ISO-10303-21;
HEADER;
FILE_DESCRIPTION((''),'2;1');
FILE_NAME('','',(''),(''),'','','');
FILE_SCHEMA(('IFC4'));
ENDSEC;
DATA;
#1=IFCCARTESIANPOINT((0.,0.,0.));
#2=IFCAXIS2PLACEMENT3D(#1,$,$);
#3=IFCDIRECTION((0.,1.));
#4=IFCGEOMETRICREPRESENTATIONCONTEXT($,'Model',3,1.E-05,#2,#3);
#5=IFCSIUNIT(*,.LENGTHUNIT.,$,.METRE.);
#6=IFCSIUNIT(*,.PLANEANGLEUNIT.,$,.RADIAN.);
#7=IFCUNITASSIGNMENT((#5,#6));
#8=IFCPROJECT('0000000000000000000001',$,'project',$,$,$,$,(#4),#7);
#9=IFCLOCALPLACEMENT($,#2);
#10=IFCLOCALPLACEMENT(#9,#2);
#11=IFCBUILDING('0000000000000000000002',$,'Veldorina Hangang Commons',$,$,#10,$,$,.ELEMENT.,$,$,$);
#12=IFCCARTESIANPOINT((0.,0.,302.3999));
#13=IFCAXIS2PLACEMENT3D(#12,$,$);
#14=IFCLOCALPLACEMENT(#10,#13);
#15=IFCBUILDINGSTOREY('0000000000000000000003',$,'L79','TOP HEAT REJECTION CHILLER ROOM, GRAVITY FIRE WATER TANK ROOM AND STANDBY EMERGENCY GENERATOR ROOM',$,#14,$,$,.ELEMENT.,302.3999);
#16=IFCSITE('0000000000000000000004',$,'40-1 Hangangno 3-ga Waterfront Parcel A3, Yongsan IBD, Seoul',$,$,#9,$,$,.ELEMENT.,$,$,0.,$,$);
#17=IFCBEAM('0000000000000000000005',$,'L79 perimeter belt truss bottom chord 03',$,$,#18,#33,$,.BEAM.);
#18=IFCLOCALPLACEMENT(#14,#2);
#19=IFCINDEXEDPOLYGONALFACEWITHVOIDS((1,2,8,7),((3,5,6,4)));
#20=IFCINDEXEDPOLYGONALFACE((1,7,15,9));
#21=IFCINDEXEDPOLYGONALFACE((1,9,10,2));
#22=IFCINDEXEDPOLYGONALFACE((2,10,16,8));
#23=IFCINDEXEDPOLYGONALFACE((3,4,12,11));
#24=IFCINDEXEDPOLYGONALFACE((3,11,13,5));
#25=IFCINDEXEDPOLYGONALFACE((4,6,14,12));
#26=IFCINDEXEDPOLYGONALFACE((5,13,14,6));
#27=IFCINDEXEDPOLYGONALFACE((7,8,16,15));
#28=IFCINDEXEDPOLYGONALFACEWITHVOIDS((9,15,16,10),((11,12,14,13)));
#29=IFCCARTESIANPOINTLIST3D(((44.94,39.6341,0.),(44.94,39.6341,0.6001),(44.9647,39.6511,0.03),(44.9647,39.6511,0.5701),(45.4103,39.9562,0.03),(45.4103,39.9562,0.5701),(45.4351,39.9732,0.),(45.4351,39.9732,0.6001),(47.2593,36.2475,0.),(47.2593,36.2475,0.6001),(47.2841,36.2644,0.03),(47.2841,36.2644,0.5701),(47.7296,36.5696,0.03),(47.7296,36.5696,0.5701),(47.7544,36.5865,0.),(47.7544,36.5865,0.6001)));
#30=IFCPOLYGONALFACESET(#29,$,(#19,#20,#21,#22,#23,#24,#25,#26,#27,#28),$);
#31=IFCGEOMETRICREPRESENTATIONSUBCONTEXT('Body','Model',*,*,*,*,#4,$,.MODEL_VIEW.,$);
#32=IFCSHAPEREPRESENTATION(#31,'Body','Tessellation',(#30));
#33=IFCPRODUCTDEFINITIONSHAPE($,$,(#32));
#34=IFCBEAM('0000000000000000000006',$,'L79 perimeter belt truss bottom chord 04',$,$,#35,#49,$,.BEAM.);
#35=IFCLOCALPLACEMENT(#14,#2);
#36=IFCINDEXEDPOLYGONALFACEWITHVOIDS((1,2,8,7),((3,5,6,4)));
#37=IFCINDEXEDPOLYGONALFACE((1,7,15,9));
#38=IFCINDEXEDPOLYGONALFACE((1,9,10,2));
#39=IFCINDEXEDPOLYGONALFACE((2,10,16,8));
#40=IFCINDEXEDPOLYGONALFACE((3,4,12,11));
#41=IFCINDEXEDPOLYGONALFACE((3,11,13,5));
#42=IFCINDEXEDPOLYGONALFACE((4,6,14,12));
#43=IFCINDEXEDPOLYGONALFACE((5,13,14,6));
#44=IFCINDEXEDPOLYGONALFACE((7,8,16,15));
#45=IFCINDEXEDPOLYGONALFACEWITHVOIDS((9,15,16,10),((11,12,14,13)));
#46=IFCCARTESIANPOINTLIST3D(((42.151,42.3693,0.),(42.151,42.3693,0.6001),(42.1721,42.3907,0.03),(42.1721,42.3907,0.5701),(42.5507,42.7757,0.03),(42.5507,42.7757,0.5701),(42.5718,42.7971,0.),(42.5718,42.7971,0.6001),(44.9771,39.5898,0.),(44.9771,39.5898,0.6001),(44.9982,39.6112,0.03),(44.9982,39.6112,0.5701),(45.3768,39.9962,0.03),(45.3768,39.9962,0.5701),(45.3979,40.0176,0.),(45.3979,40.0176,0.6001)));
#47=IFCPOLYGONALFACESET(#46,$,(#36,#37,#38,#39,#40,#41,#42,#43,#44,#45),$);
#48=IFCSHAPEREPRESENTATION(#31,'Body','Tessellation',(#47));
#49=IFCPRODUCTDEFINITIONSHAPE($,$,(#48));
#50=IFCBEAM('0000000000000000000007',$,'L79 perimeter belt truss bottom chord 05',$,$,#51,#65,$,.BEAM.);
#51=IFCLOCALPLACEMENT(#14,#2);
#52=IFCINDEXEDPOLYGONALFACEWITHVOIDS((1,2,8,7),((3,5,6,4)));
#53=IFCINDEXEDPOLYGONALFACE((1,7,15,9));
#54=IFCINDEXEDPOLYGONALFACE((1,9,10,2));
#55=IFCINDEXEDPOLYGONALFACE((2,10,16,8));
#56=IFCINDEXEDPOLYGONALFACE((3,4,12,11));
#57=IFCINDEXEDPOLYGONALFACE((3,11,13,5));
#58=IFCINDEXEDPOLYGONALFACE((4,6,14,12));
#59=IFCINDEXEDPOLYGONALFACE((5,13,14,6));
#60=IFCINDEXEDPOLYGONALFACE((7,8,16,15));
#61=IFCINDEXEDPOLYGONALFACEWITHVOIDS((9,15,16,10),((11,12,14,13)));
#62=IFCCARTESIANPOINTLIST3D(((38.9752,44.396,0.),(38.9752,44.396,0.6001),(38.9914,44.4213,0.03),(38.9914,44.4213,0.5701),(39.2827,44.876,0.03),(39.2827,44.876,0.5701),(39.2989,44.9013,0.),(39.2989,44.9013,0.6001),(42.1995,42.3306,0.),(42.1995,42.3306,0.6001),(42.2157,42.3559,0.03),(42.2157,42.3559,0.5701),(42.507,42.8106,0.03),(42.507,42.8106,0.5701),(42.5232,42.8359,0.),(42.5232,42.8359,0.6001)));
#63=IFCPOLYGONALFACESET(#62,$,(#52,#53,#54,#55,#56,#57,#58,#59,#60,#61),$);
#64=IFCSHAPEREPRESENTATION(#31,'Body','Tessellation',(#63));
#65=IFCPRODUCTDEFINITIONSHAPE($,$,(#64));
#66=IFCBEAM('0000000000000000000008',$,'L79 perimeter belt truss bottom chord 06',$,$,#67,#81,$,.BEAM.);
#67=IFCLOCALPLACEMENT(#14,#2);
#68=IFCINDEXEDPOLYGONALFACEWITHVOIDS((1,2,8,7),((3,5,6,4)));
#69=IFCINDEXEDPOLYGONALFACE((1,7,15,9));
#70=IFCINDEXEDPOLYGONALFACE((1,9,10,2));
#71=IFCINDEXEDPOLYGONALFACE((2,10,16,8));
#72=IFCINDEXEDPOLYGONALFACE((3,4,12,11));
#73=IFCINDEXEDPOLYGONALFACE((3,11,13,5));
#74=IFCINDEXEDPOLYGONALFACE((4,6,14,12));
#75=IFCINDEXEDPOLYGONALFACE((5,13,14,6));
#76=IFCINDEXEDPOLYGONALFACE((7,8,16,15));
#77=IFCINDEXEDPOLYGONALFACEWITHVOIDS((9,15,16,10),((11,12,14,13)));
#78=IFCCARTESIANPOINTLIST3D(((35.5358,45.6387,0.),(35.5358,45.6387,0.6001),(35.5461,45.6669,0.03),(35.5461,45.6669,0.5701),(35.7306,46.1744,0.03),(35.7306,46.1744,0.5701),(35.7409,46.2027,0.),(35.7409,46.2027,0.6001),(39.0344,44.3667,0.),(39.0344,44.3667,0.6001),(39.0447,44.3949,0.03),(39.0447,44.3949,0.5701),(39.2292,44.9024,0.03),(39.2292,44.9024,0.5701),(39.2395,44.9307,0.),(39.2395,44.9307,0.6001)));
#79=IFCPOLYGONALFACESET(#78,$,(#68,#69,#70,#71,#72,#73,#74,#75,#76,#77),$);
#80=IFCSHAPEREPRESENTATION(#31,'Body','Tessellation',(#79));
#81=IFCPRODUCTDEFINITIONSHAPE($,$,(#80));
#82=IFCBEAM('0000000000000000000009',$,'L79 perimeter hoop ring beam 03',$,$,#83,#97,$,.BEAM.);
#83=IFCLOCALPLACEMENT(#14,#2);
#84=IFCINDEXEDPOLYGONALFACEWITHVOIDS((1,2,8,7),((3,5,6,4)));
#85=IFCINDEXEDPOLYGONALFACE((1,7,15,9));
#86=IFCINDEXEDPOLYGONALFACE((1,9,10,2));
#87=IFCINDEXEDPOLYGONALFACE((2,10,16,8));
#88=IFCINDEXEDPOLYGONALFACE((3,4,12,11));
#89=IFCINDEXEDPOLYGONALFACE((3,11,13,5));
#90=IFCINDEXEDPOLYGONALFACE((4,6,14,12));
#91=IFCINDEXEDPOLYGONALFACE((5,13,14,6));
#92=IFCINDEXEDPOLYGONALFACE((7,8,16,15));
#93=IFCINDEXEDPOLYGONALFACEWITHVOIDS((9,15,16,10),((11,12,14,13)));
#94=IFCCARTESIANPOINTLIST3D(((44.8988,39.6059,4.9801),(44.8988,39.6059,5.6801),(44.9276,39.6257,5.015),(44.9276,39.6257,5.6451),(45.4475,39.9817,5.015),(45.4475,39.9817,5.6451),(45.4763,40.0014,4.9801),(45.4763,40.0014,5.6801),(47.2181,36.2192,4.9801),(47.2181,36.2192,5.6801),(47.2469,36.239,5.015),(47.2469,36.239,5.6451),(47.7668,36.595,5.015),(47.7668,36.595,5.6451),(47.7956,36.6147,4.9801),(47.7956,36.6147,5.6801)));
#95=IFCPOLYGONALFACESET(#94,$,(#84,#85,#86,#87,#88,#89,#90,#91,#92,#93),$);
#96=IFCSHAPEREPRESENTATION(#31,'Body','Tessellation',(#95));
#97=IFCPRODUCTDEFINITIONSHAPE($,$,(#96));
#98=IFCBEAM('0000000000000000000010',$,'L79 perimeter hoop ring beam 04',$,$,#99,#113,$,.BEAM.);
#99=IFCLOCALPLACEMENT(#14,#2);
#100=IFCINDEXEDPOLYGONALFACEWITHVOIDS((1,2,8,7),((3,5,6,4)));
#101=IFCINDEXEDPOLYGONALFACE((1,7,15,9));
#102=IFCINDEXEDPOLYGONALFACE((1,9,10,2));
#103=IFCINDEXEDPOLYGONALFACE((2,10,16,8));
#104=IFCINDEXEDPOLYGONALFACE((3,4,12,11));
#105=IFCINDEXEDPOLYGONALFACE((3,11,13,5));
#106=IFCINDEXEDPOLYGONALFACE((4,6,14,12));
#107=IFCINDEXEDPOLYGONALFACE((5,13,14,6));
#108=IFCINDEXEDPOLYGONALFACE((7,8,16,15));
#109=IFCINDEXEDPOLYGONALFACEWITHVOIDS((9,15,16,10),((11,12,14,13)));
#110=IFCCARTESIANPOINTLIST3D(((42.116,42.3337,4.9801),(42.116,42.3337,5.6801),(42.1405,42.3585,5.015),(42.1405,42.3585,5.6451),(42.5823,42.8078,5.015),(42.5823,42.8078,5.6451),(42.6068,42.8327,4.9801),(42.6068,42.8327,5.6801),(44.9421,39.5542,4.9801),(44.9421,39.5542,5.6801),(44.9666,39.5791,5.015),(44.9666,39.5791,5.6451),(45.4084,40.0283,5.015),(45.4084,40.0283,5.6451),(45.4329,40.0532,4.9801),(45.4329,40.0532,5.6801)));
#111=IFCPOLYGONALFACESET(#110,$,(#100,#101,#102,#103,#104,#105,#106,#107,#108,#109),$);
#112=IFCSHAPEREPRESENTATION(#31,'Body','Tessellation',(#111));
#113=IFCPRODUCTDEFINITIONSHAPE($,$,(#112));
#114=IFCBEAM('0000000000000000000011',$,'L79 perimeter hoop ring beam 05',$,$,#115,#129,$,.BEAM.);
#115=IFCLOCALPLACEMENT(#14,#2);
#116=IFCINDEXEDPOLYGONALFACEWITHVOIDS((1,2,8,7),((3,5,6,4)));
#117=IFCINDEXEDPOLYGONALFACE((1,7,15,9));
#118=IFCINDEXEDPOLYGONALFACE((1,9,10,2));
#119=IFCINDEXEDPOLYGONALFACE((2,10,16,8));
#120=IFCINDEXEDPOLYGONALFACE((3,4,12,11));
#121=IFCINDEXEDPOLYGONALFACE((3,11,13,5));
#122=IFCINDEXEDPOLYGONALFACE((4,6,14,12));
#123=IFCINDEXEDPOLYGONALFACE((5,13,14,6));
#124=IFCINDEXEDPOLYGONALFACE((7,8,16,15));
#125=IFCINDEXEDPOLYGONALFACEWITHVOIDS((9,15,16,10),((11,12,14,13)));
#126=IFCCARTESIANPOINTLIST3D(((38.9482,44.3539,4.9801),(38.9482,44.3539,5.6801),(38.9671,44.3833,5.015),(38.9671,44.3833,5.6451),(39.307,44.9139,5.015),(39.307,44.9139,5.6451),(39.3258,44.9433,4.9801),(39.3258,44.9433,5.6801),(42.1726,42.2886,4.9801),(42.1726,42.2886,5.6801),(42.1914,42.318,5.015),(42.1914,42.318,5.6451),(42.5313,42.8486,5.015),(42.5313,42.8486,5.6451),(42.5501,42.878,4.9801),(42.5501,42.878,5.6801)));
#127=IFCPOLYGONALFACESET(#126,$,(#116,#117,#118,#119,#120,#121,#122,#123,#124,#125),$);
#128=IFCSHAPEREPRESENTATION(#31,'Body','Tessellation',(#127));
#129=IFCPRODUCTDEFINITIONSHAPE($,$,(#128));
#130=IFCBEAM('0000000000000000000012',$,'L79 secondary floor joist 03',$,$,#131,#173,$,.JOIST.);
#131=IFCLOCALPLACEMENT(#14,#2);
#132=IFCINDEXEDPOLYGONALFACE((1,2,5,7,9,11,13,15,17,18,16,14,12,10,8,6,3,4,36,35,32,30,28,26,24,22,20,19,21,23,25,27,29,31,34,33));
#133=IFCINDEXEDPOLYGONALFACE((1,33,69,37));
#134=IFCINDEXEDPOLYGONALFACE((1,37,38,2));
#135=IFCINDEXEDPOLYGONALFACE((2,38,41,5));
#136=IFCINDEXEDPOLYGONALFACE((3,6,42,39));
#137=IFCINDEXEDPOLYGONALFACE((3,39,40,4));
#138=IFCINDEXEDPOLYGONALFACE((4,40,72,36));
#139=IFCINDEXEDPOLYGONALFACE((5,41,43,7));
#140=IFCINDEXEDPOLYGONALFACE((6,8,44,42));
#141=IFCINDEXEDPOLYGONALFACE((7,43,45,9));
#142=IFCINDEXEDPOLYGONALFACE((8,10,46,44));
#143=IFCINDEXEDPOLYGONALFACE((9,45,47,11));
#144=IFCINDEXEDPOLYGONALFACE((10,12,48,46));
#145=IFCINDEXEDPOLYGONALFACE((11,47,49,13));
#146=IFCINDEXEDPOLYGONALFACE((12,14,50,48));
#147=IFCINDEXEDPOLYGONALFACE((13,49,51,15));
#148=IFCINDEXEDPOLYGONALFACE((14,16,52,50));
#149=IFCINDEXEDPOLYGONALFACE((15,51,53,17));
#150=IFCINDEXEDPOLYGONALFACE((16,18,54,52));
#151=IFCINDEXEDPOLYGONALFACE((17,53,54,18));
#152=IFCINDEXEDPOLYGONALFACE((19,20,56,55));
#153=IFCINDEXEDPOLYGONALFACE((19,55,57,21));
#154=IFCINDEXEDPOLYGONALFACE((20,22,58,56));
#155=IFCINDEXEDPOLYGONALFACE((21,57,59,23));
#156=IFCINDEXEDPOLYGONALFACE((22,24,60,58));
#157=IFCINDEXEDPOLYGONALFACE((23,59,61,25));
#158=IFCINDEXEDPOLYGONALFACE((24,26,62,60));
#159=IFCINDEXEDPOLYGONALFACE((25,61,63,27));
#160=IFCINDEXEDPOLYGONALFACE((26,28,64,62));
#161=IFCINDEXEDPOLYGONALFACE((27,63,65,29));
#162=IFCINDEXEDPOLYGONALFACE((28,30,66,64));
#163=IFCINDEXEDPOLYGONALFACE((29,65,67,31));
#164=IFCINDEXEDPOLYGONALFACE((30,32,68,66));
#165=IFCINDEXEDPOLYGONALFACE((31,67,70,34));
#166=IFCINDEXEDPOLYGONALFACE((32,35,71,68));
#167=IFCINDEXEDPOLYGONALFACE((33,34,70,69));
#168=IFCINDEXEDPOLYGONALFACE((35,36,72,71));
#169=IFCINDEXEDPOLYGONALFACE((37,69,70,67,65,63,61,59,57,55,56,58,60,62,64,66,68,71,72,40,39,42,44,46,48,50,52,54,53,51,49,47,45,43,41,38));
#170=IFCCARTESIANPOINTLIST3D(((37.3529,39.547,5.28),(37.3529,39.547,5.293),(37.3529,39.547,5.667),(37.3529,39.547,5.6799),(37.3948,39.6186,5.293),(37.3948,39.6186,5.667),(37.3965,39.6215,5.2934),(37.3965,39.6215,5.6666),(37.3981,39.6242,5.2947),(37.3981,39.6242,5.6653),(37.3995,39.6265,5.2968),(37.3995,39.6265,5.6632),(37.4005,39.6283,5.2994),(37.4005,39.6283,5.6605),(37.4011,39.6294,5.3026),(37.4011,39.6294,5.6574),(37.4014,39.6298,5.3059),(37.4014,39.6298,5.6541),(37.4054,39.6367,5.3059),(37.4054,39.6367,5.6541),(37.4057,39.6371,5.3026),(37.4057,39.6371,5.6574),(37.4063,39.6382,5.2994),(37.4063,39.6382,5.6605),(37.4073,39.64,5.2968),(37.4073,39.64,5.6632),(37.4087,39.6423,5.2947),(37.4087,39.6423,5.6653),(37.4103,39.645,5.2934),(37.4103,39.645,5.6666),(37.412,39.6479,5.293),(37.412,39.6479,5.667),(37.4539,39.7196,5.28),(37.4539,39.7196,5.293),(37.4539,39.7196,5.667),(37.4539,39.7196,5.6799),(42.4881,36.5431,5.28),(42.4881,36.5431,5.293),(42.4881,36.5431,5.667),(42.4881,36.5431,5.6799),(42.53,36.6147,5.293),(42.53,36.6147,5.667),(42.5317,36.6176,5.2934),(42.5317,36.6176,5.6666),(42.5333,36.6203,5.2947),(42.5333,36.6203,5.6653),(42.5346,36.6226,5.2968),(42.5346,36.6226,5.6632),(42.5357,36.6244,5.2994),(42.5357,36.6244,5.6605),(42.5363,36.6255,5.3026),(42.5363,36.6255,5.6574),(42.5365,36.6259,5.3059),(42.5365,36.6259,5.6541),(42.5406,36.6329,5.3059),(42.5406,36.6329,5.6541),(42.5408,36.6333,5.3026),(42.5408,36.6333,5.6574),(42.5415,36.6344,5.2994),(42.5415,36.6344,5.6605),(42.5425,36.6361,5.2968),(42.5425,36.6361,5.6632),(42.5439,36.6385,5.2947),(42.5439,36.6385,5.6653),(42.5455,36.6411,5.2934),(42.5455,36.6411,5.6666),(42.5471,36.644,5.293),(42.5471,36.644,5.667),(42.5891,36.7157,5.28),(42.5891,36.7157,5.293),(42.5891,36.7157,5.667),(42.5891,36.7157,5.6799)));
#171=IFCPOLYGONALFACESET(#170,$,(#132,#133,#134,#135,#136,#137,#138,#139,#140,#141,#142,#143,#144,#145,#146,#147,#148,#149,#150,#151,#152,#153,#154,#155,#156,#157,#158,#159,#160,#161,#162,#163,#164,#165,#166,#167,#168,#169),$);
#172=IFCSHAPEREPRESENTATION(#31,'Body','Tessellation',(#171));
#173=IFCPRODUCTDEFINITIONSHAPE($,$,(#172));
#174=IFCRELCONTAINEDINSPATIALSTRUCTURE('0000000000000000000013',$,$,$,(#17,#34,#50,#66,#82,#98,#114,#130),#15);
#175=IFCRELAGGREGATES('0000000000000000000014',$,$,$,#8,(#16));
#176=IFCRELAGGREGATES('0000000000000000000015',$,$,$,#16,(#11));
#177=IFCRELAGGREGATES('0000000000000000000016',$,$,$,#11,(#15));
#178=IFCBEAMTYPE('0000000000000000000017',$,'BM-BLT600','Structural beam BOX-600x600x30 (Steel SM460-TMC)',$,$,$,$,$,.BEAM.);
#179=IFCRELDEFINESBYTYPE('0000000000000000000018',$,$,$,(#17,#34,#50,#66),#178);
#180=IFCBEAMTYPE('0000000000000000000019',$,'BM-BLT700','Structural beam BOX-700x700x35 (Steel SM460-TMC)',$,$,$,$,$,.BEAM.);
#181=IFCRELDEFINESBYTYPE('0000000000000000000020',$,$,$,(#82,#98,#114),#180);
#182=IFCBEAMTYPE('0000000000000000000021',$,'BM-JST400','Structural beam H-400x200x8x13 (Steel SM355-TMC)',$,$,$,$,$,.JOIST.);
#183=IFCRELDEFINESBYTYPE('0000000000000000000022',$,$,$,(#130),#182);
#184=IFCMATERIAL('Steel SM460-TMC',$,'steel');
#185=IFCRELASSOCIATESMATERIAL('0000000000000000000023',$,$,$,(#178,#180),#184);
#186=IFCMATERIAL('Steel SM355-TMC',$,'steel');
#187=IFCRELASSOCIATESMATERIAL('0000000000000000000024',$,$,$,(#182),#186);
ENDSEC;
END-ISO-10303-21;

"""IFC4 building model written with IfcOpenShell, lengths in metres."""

from ifc_helpers import new_model, si_unit, direction, frame, origin, origin_2d, place, context, subcontext, project, spatial, hollow_rectangle, i_section, extrude, material, material_profile, profile_set, type_object, element, save


model = new_model("IFC4")

# Units and contexts
model_context = context("Model", 3, precision=1e-05, world=origin(), true_north=direction((0.0, 1.0)))
body_context = subcontext(model_context, "Body", "Model", "MODEL_VIEW")
ifc_project = project(units=[si_unit("LENGTHUNIT", "METRE"), si_unit("PLANEANGLEUNIT", "RADIAN")], contexts=[model_context])

# Site, building, storey
site_placement = place(None, origin())
site = spatial("IfcSite", under=ifc_project, at=site_placement, Name="40-1 Hangangno 3-ga Waterfront Parcel A3, Yongsan IBD, Seoul", CompositionType="ELEMENT", RefElevation=0.0)
building_placement = place(site_placement, origin())
building = spatial("IfcBuilding", under=site, at=building_placement, Name="Veldorina Hangang Commons", CompositionType="ELEMENT")
storey_placement = place(building_placement, frame((0.0, 0.0, 302.3999)))
storey = spatial("IfcBuildingStorey", under=building, at=storey_placement, Name="L79", Description="TOP HEAT REJECTION CHILLER ROOM, GRAVITY FIRE WATER TANK ROOM AND STANDBY EMERGENCY GENERATOR ROOM", CompositionType="ELEMENT", Elevation=302.3999)

# Beams
ifc_material_1 = material(Name="Steel SM460-TMC", Category="steel")
ifc_material_profile_1 = material_profile(ifc_material_1, hollow_rectangle(XDim=0.6001, YDim=0.6001, WallThickness=0.03, at=origin_2d()), Name="BOX-600x600x30")
ifc_profile_set_1 = profile_set([ifc_material_profile_1], Name="Steel SM460-TMC")
beam_type_1 = type_object("IfcBeamType", Name="BM-BLT600", Description="Structural beam BOX-600x600x30 (Steel SM460-TMC)", PredefinedType="BEAM", material=ifc_profile_set_1)
beam_1_placement = place(storey_placement, frame((47.5068, 36.417, 0.3), z_axis=(-0.565034, 0.825068, 0.0), x_axis=(-0.825068, -0.565034, 0.0)))
element("IfcBeam", 1, at=beam_1_placement, inside=storey, type_object=beam_type_1, Name="L79 perimeter belt truss bottom chord 03", PredefinedType="BEAM", context=body_context, shape_type="SweptSolid", body=[
    extrude(hollow_rectangle(XDim=0.6001, YDim=0.6001, WallThickness=0.03, at=origin_2d()), origin(), (0.0, 0.0, 1.0), 4.1047),
])
beam_2_placement = place(storey_placement, frame((45.1875, 39.8037, 0.3), z_axis=(-0.712964, 0.7012, 0.0), x_axis=(-0.7012, -0.712964, 0.0)))
element("IfcBeam", 2, at=beam_2_placement, inside=storey, type_object=beam_type_1, Name="L79 perimeter belt truss bottom chord 04", PredefinedType="BEAM", context=body_context, shape_type="SweptSolid", body=[
    extrude(hollow_rectangle(XDim=0.6001, YDim=0.6001, WallThickness=0.03, at=origin_2d()), origin(), (0.0, 0.0, 1.0), 3.9639),
])
beam_3_placement = place(storey_placement, frame((42.3613, 42.5833, 0.3), z_axis=(-0.842054, 0.539394, 0.0), x_axis=(-0.539394, -0.842054, 0.0)))
element("IfcBeam", 3, at=beam_3_placement, inside=storey, type_object=beam_type_1, Name="L79 perimeter belt truss bottom chord 05", PredefinedType="BEAM", context=body_context, shape_type="SweptSolid", body=[
    extrude(hollow_rectangle(XDim=0.6001, YDim=0.6001, WallThickness=0.03, at=origin_2d()), origin(), (0.0, 0.0, 1.0), 3.8291),
])
beam_4_placement = place(storey_placement, frame((39.137, 44.6487, 0.3), z_axis=(-0.939813, 0.34169, 0.0), x_axis=(-0.34169, -0.939813, 0.0)))
element("IfcBeam", 4, at=beam_4_placement, inside=storey, type_object=beam_type_1, Name="L79 perimeter belt truss bottom chord 06", PredefinedType="BEAM", context=body_context, shape_type="SweptSolid", body=[
    extrude(hollow_rectangle(XDim=0.6001, YDim=0.6001, WallThickness=0.03, at=origin_2d()), origin(), (0.0, 0.0, 1.0), 3.7227),
])
ifc_material_profile_2 = material_profile(ifc_material_1, hollow_rectangle(XDim=0.7, YDim=0.7, WallThickness=0.0349, at=origin_2d()), Name="BOX-700x700x35")
ifc_profile_set_2 = profile_set([ifc_material_profile_2], Name="Steel SM460-TMC")
beam_type_2 = type_object("IfcBeamType", Name="BM-BLT700", Description="Structural beam BOX-700x700x35 (Steel SM460-TMC)", PredefinedType="BEAM", material=ifc_profile_set_2)
beam_5_placement = place(storey_placement, frame((47.5068, 36.417, 5.3301), z_axis=(-0.565034, 0.825068, 0.0), x_axis=(-0.825068, -0.565034, 0.0)))
element("IfcBeam", 5, at=beam_5_placement, inside=storey, type_object=beam_type_2, Name="L79 perimeter hoop ring beam 03", PredefinedType="BEAM", context=body_context, shape_type="SweptSolid", body=[
    extrude(hollow_rectangle(XDim=0.7, YDim=0.7, WallThickness=0.0349, at=origin_2d()), origin(), (0.0, 0.0, 1.0), 4.1047),
])
beam_6_placement = place(storey_placement, frame((45.1875, 39.8037, 5.3301), z_axis=(-0.712964, 0.7012, 0.0), x_axis=(-0.7012, -0.712964, 0.0)))
element("IfcBeam", 6, at=beam_6_placement, inside=storey, type_object=beam_type_2, Name="L79 perimeter hoop ring beam 04", PredefinedType="BEAM", context=body_context, shape_type="SweptSolid", body=[
    extrude(hollow_rectangle(XDim=0.7, YDim=0.7, WallThickness=0.0349, at=origin_2d()), origin(), (0.0, 0.0, 1.0), 3.9639),
])
beam_7_placement = place(storey_placement, frame((42.3613, 42.5833, 5.3301), z_axis=(-0.842054, 0.539394, 0.0), x_axis=(-0.539394, -0.842054, 0.0)))
element("IfcBeam", 7, at=beam_7_placement, inside=storey, type_object=beam_type_2, Name="L79 perimeter hoop ring beam 05", PredefinedType="BEAM", context=body_context, shape_type="SweptSolid", body=[
    extrude(hollow_rectangle(XDim=0.7, YDim=0.7, WallThickness=0.0349, at=origin_2d()), origin(), (0.0, 0.0, 1.0), 3.8291),
])
ifc_material_2 = material(Name="Steel SM355-TMC", Category="steel")
ifc_material_profile_3 = material_profile(ifc_material_2, i_section(OverallWidth=0.2, OverallDepth=0.3999, WebThickness=0.0081, FlangeThickness=0.0129, FilletRadius=0.0129, at=origin_2d()), Name="H-400x200x8x13")
ifc_profile_set_3 = profile_set([ifc_material_profile_3], Name="Steel SM355-TMC")
beam_type_3 = type_object("IfcBeamType", Name="BM-JST400", Description="Structural beam H-400x200x8x13 (Steel SM355-TMC)", PredefinedType="JOIST", material=ifc_profile_set_3)
beam_8_placement = place(storey_placement, frame((42.5386, 36.6294, 5.48), z_axis=(-0.863168, 0.504917, 0.0), x_axis=(-0.504917, -0.863168, 0.0)))
element("IfcBeam", 8, at=beam_8_placement, inside=storey, type_object=beam_type_3, Name="L79 secondary floor joist 03", PredefinedType="JOIST", context=body_context, shape_type="SweptSolid", body=[
    extrude(i_section(OverallWidth=0.2, OverallDepth=0.3999, WebThickness=0.0081, FlangeThickness=0.0129, FilletRadius=0.0129, at=origin_2d()), origin(), (0.0, 0.0, 1.0), 5.9492),
])

save(model, "model.ifc")
